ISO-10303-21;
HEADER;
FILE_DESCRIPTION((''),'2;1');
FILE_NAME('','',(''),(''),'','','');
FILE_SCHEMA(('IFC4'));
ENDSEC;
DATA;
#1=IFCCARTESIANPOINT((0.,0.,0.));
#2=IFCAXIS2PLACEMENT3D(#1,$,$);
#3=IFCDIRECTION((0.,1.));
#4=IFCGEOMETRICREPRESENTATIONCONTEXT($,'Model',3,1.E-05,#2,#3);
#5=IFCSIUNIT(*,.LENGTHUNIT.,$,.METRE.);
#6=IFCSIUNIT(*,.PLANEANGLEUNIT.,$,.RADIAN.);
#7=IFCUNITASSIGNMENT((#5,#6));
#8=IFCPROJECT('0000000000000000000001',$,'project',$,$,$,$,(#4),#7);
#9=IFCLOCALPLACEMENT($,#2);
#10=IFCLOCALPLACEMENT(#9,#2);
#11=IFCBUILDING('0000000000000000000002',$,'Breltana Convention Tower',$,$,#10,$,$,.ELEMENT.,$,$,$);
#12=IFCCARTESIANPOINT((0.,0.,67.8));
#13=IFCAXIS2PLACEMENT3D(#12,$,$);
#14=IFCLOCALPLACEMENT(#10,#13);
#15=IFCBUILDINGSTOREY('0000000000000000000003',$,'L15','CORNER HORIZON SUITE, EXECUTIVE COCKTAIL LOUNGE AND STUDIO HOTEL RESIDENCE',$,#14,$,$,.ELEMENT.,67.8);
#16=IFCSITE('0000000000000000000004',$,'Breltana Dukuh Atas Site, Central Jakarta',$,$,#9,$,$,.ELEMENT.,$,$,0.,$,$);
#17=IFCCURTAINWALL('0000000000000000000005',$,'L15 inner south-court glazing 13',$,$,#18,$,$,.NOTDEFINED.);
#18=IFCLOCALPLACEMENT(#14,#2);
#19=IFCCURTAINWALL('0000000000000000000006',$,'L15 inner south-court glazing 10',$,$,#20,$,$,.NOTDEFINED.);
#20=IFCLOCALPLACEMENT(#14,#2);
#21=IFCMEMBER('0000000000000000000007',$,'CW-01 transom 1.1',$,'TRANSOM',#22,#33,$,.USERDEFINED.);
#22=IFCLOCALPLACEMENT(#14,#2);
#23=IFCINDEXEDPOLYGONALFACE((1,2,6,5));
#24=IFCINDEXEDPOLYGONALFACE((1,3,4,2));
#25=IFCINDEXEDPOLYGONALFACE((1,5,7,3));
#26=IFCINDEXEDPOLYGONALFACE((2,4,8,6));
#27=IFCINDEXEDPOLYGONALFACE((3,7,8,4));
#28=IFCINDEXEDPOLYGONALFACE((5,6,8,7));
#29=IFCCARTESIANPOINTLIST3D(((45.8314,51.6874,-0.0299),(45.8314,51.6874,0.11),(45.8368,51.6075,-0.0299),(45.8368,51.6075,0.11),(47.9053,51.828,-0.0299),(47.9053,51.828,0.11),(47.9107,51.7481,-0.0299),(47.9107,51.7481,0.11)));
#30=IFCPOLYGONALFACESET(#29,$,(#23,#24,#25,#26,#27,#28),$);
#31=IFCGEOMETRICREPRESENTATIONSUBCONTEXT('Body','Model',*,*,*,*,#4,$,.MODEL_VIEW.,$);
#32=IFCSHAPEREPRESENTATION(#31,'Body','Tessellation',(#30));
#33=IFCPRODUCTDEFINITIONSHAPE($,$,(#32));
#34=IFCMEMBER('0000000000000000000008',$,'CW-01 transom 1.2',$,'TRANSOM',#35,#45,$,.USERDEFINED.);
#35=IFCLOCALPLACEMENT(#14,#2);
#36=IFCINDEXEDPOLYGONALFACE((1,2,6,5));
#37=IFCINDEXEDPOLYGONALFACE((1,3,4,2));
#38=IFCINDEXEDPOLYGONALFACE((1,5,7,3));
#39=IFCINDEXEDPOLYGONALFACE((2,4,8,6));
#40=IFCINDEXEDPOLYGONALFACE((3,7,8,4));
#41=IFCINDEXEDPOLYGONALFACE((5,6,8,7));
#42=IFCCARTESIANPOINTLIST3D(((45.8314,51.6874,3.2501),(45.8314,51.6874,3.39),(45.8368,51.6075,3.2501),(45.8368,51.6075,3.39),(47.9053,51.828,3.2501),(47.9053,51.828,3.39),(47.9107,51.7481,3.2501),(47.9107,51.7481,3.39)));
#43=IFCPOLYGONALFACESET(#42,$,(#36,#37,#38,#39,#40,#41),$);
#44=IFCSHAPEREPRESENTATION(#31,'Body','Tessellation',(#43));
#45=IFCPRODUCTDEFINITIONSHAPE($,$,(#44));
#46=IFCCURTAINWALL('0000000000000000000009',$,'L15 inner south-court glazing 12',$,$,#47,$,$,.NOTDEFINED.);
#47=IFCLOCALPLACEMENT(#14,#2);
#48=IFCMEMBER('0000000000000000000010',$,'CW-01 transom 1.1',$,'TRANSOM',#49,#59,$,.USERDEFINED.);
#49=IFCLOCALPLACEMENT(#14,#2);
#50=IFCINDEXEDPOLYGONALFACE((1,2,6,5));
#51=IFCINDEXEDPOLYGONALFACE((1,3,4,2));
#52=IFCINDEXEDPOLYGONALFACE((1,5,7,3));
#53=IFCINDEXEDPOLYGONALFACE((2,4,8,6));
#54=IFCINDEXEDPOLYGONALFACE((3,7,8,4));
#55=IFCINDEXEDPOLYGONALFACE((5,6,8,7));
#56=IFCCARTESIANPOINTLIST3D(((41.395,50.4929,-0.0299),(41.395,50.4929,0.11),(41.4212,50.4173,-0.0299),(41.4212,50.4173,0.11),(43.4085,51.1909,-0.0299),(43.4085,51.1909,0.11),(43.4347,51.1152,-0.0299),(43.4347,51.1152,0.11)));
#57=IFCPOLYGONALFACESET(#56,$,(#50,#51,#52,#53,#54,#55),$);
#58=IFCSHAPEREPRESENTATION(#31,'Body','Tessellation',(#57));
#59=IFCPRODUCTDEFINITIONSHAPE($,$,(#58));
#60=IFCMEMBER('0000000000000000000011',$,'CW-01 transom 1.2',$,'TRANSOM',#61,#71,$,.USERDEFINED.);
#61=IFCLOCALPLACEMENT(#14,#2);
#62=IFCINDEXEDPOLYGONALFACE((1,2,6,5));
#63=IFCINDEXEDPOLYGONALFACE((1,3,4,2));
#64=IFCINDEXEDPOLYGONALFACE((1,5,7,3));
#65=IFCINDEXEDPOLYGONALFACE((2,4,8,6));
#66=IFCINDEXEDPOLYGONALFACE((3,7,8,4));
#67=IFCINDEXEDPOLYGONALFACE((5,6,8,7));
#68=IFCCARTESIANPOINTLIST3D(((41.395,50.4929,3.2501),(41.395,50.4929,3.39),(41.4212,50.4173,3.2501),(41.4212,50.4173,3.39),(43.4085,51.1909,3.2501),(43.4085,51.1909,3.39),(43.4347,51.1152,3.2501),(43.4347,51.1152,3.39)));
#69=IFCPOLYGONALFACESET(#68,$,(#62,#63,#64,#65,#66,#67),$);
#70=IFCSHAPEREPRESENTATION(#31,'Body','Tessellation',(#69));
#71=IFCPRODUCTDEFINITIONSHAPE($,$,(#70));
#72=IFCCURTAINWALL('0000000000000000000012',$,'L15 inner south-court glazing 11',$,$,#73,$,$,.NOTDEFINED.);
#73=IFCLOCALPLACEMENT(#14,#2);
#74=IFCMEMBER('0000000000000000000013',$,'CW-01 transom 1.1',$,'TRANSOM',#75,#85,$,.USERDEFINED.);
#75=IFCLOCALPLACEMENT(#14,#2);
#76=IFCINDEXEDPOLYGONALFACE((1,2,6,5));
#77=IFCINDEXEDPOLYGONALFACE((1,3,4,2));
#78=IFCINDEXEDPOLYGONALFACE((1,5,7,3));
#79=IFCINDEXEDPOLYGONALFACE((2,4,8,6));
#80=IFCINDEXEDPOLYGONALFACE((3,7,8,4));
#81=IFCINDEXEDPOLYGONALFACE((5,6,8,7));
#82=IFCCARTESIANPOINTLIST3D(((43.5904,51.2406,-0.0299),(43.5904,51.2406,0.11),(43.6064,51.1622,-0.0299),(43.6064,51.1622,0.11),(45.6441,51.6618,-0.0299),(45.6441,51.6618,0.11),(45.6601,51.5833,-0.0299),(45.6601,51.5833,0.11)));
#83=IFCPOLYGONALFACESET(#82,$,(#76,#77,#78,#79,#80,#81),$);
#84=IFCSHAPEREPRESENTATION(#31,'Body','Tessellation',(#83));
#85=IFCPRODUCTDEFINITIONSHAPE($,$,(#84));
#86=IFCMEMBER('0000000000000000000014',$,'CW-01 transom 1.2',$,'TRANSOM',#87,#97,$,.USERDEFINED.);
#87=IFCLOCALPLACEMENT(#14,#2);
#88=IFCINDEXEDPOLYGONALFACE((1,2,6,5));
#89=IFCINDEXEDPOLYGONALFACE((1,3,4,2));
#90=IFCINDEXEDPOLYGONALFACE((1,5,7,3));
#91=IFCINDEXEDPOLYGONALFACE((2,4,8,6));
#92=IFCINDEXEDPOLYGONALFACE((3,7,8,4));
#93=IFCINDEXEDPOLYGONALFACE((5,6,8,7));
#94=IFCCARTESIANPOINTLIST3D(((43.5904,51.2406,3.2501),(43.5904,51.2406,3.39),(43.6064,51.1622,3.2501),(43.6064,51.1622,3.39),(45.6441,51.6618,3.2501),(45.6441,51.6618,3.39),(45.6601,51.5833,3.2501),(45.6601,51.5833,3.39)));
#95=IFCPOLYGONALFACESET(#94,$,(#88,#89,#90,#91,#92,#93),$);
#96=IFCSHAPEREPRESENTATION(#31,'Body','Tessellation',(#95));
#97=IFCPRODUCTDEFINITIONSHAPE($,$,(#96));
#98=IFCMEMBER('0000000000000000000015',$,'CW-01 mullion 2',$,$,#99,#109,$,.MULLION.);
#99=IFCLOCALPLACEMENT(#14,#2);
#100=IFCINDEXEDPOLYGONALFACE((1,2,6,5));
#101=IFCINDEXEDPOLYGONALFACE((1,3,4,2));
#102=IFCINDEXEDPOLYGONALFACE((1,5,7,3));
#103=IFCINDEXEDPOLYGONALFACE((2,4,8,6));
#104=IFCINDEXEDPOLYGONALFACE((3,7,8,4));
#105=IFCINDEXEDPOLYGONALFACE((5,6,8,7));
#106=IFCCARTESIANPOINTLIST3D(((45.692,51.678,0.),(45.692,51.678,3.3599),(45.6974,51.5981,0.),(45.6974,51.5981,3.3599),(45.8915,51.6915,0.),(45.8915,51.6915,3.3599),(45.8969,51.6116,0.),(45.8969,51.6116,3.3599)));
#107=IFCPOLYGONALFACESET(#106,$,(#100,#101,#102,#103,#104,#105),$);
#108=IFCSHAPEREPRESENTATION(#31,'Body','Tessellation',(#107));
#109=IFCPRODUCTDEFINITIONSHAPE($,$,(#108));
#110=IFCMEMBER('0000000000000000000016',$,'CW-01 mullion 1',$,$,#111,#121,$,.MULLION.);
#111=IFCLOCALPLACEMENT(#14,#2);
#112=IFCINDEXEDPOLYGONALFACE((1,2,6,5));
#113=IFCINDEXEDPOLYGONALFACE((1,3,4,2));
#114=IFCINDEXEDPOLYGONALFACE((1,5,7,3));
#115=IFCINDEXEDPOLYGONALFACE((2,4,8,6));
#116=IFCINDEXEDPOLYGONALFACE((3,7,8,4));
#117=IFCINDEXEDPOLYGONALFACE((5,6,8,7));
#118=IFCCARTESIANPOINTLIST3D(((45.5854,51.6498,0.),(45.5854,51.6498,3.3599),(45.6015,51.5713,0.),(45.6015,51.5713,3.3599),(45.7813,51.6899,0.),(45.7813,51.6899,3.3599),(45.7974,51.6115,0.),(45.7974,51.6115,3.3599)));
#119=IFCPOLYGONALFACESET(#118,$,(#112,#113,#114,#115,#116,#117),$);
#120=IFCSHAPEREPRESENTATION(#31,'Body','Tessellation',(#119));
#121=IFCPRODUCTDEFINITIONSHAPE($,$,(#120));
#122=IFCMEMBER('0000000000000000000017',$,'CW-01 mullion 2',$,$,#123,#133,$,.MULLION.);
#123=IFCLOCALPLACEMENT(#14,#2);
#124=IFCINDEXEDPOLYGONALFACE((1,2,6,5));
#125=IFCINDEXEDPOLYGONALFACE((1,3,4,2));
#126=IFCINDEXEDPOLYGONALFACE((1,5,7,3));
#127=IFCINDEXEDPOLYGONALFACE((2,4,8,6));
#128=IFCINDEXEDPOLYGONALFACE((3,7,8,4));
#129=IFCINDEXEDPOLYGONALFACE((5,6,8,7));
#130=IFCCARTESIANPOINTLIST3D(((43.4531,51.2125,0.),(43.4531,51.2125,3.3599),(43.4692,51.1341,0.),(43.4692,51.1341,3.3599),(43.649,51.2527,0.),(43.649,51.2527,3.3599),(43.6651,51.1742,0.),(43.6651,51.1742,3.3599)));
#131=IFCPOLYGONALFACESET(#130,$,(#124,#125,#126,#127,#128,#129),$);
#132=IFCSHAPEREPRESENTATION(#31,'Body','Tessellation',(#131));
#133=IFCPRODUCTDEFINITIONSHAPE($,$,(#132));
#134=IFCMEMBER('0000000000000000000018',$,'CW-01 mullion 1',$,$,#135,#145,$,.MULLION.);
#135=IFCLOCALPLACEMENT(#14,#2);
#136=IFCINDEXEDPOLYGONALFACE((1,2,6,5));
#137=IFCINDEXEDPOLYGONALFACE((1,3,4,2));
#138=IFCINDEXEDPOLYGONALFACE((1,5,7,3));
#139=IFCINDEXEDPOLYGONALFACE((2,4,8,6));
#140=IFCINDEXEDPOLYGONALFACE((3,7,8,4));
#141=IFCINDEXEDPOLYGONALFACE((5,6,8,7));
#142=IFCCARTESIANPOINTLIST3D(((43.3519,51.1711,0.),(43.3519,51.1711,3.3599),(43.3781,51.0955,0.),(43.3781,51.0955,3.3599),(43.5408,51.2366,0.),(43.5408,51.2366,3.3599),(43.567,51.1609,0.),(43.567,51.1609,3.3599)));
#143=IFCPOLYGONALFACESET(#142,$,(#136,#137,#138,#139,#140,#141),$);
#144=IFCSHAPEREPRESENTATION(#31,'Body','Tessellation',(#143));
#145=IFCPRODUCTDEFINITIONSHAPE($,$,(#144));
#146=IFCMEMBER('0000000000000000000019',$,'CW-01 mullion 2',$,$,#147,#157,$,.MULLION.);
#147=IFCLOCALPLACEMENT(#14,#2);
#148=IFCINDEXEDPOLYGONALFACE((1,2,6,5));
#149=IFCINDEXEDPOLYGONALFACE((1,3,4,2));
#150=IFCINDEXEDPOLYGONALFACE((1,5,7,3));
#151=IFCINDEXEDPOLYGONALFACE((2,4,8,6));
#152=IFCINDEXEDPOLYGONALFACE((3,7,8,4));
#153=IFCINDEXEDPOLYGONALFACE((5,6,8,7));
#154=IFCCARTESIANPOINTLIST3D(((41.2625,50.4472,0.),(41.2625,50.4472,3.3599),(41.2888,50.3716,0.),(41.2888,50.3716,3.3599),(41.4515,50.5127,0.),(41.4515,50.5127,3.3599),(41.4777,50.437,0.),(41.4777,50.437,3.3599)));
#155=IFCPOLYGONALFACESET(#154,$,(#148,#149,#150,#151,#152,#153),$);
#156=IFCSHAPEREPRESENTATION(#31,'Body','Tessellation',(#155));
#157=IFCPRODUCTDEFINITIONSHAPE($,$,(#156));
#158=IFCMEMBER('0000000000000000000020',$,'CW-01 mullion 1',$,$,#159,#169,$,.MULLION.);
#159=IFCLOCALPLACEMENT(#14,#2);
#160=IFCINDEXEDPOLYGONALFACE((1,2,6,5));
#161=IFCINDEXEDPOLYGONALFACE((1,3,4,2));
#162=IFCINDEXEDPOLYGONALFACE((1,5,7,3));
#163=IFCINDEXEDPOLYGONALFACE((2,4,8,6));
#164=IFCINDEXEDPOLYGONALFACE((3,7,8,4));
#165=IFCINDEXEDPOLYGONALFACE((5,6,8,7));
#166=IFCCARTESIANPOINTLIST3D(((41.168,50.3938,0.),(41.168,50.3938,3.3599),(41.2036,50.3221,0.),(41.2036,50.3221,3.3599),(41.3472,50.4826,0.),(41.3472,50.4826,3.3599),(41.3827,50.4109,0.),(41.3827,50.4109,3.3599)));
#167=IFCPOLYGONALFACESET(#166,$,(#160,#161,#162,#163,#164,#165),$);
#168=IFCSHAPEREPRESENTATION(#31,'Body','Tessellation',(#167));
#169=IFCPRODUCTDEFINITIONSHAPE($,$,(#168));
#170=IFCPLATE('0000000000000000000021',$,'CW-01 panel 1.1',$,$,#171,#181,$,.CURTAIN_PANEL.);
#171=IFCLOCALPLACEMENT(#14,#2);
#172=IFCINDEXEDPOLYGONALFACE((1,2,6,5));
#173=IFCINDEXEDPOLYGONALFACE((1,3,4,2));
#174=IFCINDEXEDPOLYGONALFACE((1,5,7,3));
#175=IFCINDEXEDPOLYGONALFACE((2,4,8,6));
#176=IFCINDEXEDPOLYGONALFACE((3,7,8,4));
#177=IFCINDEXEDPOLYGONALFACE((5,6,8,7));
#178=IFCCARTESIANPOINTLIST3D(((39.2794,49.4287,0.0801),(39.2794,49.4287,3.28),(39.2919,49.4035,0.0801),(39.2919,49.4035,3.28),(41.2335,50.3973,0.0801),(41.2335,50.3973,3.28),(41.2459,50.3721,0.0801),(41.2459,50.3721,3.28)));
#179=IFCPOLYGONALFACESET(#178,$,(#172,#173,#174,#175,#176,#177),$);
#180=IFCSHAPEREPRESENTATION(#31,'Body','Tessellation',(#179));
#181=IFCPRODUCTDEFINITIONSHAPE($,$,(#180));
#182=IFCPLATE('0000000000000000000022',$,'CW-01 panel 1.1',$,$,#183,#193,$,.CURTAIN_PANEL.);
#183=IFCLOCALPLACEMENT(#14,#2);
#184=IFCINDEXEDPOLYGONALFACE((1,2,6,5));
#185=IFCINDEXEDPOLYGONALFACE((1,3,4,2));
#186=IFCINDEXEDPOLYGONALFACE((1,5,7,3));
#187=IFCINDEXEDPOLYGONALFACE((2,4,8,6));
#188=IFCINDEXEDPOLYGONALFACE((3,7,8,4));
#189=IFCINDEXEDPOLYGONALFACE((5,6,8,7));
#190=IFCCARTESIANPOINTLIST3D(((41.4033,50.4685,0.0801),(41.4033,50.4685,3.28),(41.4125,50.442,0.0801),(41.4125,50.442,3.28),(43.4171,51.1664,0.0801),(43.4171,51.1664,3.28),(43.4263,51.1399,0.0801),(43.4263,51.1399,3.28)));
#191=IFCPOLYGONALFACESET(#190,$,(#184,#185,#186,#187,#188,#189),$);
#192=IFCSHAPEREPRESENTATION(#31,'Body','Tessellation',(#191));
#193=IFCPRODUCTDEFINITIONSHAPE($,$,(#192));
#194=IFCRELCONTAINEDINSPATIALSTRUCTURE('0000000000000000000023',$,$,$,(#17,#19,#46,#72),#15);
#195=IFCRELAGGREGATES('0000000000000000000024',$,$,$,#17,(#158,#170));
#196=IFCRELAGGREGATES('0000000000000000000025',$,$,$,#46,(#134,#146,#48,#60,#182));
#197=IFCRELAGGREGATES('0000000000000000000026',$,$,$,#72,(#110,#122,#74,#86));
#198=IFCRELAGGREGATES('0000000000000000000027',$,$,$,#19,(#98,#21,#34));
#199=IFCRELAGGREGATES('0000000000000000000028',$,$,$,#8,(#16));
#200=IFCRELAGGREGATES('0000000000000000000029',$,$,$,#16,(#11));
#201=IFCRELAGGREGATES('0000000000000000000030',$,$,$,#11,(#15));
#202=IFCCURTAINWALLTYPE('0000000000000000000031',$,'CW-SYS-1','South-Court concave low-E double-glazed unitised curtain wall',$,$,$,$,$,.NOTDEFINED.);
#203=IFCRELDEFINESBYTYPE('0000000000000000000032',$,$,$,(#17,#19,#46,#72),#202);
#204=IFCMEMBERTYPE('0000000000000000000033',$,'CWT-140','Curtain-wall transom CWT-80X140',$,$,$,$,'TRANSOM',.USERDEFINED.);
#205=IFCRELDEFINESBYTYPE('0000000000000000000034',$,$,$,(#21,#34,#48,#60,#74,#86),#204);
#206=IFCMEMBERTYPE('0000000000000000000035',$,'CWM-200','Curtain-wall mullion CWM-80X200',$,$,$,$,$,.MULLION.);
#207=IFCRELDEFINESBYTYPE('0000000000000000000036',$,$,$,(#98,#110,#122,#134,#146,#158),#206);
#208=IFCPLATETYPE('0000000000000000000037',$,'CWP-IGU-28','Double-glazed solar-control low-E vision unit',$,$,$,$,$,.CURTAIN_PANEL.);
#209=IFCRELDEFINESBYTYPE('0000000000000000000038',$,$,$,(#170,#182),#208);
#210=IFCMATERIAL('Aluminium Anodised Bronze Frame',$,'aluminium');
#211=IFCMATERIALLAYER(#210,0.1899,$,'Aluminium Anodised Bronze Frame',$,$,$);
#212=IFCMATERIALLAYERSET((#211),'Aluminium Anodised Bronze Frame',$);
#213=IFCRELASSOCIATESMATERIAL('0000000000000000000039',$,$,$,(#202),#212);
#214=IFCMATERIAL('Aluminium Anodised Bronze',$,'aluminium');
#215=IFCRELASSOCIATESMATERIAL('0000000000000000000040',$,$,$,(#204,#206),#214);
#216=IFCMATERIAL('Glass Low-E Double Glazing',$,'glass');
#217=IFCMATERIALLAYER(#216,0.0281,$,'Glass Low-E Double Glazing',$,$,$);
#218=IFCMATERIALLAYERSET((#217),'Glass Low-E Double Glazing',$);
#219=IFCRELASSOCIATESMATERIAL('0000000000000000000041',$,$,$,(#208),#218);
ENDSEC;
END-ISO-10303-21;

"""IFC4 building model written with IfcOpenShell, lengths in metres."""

from ifc_helpers import new_model, si_unit, direction, frame, origin, origin_2d, place, context, subcontext, project, spatial, rectangle, extrude, source, transform, mapped, material, layer, layer_set, material_profile, profile_set, type_object, element, aggregate, save


model = new_model("IFC4")

# Units and contexts
model_context = context("Model", 3, precision=1e-05, world=origin(), true_north=direction((0.0, 1.0)))
body_context = subcontext(model_context, "Body", "Model", "MODEL_VIEW")
ifc_project = project(units=[si_unit("LENGTHUNIT", "METRE"), si_unit("PLANEANGLEUNIT", "RADIAN")], contexts=[model_context])

# Site, building, storey
site_placement = place(None, origin())
site = spatial("IfcSite", under=ifc_project, at=site_placement, Name="Breltana Dukuh Atas Site, Central Jakarta", CompositionType="ELEMENT", RefElevation=0.0)
building_placement = place(site_placement, origin())
building = spatial("IfcBuilding", under=site, at=building_placement, Name="Breltana Convention Tower", CompositionType="ELEMENT")
storey_placement = place(building_placement, frame((0.0, 0.0, 67.8)))
storey = spatial("IfcBuildingStorey", under=building, at=storey_placement, Name="L15", Description="CORNER HORIZON SUITE, EXECUTIVE COCKTAIL LOUNGE AND STUDIO HOTEL RESIDENCE", CompositionType="ELEMENT", Elevation=67.8)

# Curtain walls, members
ifc_material_1 = material(Name="Aluminium Anodised Bronze Frame", Category="aluminium")
ifc_layer_1 = layer(ifc_material_1, 0.1899, Name="Aluminium Anodised Bronze Frame")
ifc_layer_set_1 = layer_set([ifc_layer_1], Name="Aluminium Anodised Bronze Frame")
curtain_wall_type = type_object("IfcCurtainWallType", Name="CW-SYS-1", Description="South-Court concave low-E double-glazed unitised curtain wall", PredefinedType="NOTDEFINED", material=ifc_layer_set_1)
curtain_wall_1_placement = place(storey_placement, origin())
curtain_wall_1 = element("IfcCurtainWall", 1, at=curtain_wall_1_placement, inside=storey, type_object=curtain_wall_type, Name="L15 inner south-court glazing 13", PredefinedType="NOTDEFINED")
ifc_material_2 = material(Name="Aluminium Anodised Bronze", Category="aluminium")
ifc_material_profile_1 = material_profile(ifc_material_2, rectangle(XDim=0.0801, YDim=0.1399, at=origin_2d()), Name="CWT-80X140")
ifc_profile_set_1 = profile_set([ifc_material_profile_1], Name="Aluminium Anodised Bronze")
member_type_1 = type_object("IfcMemberType", Name="CWT-140", Description="Curtain-wall transom CWT-80X140", ElementType="TRANSOM", PredefinedType="USERDEFINED", material=ifc_profile_set_1)
curtain_wall_2_placement = place(storey_placement, origin())
curtain_wall_2 = element("IfcCurtainWall", 2, at=curtain_wall_2_placement, inside=storey, type_object=curtain_wall_type, Name="L15 inner south-court glazing 10", PredefinedType="NOTDEFINED")
shared_shape_1 = source(origin(), body_context, "Body", "SweptSolid", [
    extrude(rectangle(XDim=0.0801, YDim=0.1399, at=origin_2d()), origin(), (0.0, 0.0, 1.0), 2.0786),
])
member_1_placement = place(storey_placement, frame((47.908, 51.7881, 0.04), z_axis=(-0.997709, -0.067657, 0.0), x_axis=(0.067657, -0.997709, 0.0)))
member_1 = element("IfcMember", 3, at=member_1_placement, type_object=member_type_1, Name="CW-01 transom 1.1", ObjectType="TRANSOM", PredefinedType="USERDEFINED", context=body_context, shape_type="MappedRepresentation", body=[
    mapped(shared_shape_1, transform((0.0, 0.0, 0.0), scale=1.0)),
])
member_2_placement = place(storey_placement, frame((47.908, 51.7881, 3.3201), z_axis=(-0.997709, -0.067657, 0.0), x_axis=(0.067657, -0.997709, 0.0)))
member_2 = element("IfcMember", 4, at=member_2_placement, type_object=member_type_1, Name="CW-01 transom 1.2", ObjectType="TRANSOM", PredefinedType="USERDEFINED", context=body_context, shape_type="MappedRepresentation", body=[
    mapped(shared_shape_1, transform((0.0, 0.0, 0.0), scale=1.0)),
])
curtain_wall_3_placement = place(storey_placement, origin())
curtain_wall_3 = element("IfcCurtainWall", 5, at=curtain_wall_3_placement, inside=storey, type_object=curtain_wall_type, Name="L15 inner south-court glazing 12", PredefinedType="NOTDEFINED")
shared_shape_2 = source(origin(), body_context, "Body", "SweptSolid", [
    extrude(rectangle(XDim=0.0801, YDim=0.1399, at=origin_2d()), origin(), (0.0, 0.0, 1.0), 2.1311),
])
member_3_placement = place(storey_placement, frame((43.4216, 51.1531, 0.04), z_axis=(-0.944847, -0.327512, 0.0), x_axis=(0.327512, -0.944847, 0.0)))
member_3 = element("IfcMember", 6, at=member_3_placement, type_object=member_type_1, Name="CW-01 transom 1.1", ObjectType="TRANSOM", PredefinedType="USERDEFINED", context=body_context, shape_type="MappedRepresentation", body=[
    mapped(shared_shape_2, transform((0.0, 0.0, 0.0), scale=1.0)),
])
member_4_placement = place(storey_placement, frame((43.4216, 51.1531, 3.3201), z_axis=(-0.944847, -0.327512, 0.0), x_axis=(0.327512, -0.944847, 0.0)))
member_4 = element("IfcMember", 7, at=member_4_placement, type_object=member_type_1, Name="CW-01 transom 1.2", ObjectType="TRANSOM", PredefinedType="USERDEFINED", context=body_context, shape_type="MappedRepresentation", body=[
    mapped(shared_shape_2, transform((0.0, 0.0, 0.0), scale=1.0)),
])
curtain_wall_4_placement = place(storey_placement, origin())
curtain_wall_4 = element("IfcCurtainWall", 8, at=curtain_wall_4_placement, inside=storey, type_object=curtain_wall_type, Name="L15 inner south-court glazing 11", PredefinedType="NOTDEFINED")
shared_shape_3 = source(origin(), body_context, "Body", "SweptSolid", [
    extrude(rectangle(XDim=0.0801, YDim=0.1399, at=origin_2d()), origin(), (0.0, 0.0, 1.0), 2.0964),
])
member_5_placement = place(storey_placement, frame((45.6521, 51.6226, 0.04), z_axis=(-0.979615, -0.200884, 0.0), x_axis=(0.200884, -0.979615, 0.0)))
member_5 = element("IfcMember", 9, at=member_5_placement, type_object=member_type_1, Name="CW-01 transom 1.1", ObjectType="TRANSOM", PredefinedType="USERDEFINED", context=body_context, shape_type="MappedRepresentation", body=[
    mapped(shared_shape_3, transform((0.0, 0.0, 0.0), scale=1.0)),
])
member_6_placement = place(storey_placement, frame((45.6521, 51.6226, 3.3201), z_axis=(-0.979615, -0.200884, 0.0), x_axis=(0.200884, -0.979615, 0.0)))
member_6 = element("IfcMember", 10, at=member_6_placement, type_object=member_type_1, Name="CW-01 transom 1.2", ObjectType="TRANSOM", PredefinedType="USERDEFINED", context=body_context, shape_type="MappedRepresentation", body=[
    mapped(shared_shape_3, transform((0.0, 0.0, 0.0), scale=1.0)),
])

# Members
ifc_material_profile_2 = material_profile(ifc_material_2, rectangle(XDim=0.0801, YDim=0.2, at=origin_2d()), Name="CWM-80X200")
ifc_profile_set_2 = profile_set([ifc_material_profile_2], Name="Aluminium Anodised Bronze")
member_type_2 = type_object("IfcMemberType", Name="CWM-200", Description="Curtain-wall mullion CWM-80X200", PredefinedType="MULLION", material=ifc_profile_set_2)
shared_shape_4 = source(origin(), body_context, "Body", "SweptSolid", [
    extrude(rectangle(XDim=0.0801, YDim=0.2, at=origin_2d()), origin(), (0.0, 0.0, 1.0), 3.3599),
])
member_7_placement = place(storey_placement, frame((45.7944, 51.6448, 0.0), z_axis=(0.0, 0.0, 1.0), x_axis=(0.067726, -0.997704, 0.0)))
member_7 = element("IfcMember", 11, at=member_7_placement, type_object=member_type_2, Name="CW-01 mullion 2", PredefinedType="MULLION", context=body_context, shape_type="MappedRepresentation", body=[
    mapped(shared_shape_4, transform((0.0, 0.0, 0.0), scale=1.0)),
])
member_8_placement = place(storey_placement, frame((45.6914, 51.6306, 0.0), z_axis=(0.0, 0.0, 1.0), x_axis=(0.200886, -0.979615, 0.0)))
member_8 = element("IfcMember", 12, at=member_8_placement, type_object=member_type_2, Name="CW-01 mullion 1", PredefinedType="MULLION", context=body_context, shape_type="MappedRepresentation", body=[
    mapped(shared_shape_4, transform((0.0, 0.0, 0.0), scale=1.0)),
])
member_9_placement = place(storey_placement, frame((43.5591, 51.1934, 0.0), z_axis=(0.0, 0.0, 1.0), x_axis=(0.200886, -0.979615, 0.0)))
member_9 = element("IfcMember", 13, at=member_9_placement, type_object=member_type_2, Name="CW-01 mullion 2", PredefinedType="MULLION", context=body_context, shape_type="MappedRepresentation", body=[
    mapped(shared_shape_4, transform((0.0, 0.0, 0.0), scale=1.0)),
])
member_10_placement = place(storey_placement, frame((43.4595, 51.166, 0.0), z_axis=(0.0, 0.0, 1.0), x_axis=(0.327413, -0.944881, 0.0)))
member_10 = element("IfcMember", 14, at=member_10_placement, type_object=member_type_2, Name="CW-01 mullion 1", PredefinedType="MULLION", context=body_context, shape_type="MappedRepresentation", body=[
    mapped(shared_shape_4, transform((0.0, 0.0, 0.0), scale=1.0)),
])
member_11_placement = place(storey_placement, frame((41.3701, 50.4421, 0.0), z_axis=(0.0, 0.0, 1.0), x_axis=(0.327413, -0.944881, 0.0)))
member_11 = element("IfcMember", 15, at=member_11_placement, type_object=member_type_2, Name="CW-01 mullion 2", PredefinedType="MULLION", context=body_context, shape_type="MappedRepresentation", body=[
    mapped(shared_shape_4, transform((0.0, 0.0, 0.0), scale=1.0)),
])
member_12_placement = place(storey_placement, frame((41.2754, 50.4023, 0.0), z_axis=(0.0, 0.0, 1.0), x_axis=(0.444118, -0.895968, 0.0)))
member_12 = element("IfcMember", 16, at=member_12_placement, type_object=member_type_2, Name="CW-01 mullion 1", PredefinedType="MULLION", context=body_context, shape_type="MappedRepresentation", body=[
    mapped(shared_shape_4, transform((0.0, 0.0, 0.0), scale=1.0)),
])

# Plates
ifc_material_3 = material(Name="Glass Low-E Double Glazing", Category="glass")
ifc_layer_2 = layer(ifc_material_3, 0.0281, Name="Glass Low-E Double Glazing")
ifc_layer_set_2 = layer_set([ifc_layer_2], Name="Glass Low-E Double Glazing")
plate_type = type_object("IfcPlateType", Name="CWP-IGU-28", Description="Double-glazed solar-control low-E vision unit", PredefinedType="CURTAIN_PANEL", material=ifc_layer_set_2)
shared_shape_5 = source(origin(), body_context, "Body", "SweptSolid", [
    extrude(rectangle(XDim=2.1809, YDim=0.0281, at=origin_2d()), origin(), (0.0, 0.0, 1.0), 3.2),
])
plate_1_placement = place(storey_placement, frame((40.2627, 49.9004, 0.0801), z_axis=(0.0, 0.0, 1.0), x_axis=(-0.895968, -0.444118, 0.0)))
plate_1 = element("IfcPlate", 17, at=plate_1_placement, type_object=plate_type, Name="CW-01 panel 1.1", PredefinedType="CURTAIN_PANEL", context=body_context, shape_type="MappedRepresentation", body=[
    mapped(shared_shape_5, transform((0.0, 0.0, 0.0), scale=1.0)),
])
aggregate(curtain_wall_1, [member_12, plate_1])
shared_shape_6 = source(origin(), body_context, "Body", "SweptSolid", [
    extrude(rectangle(XDim=2.1313, YDim=0.0281, at=origin_2d()), origin(), (0.0, 0.0, 1.0), 3.2),
])
plate_2_placement = place(storey_placement, frame((42.4148, 50.8042, 0.0801), z_axis=(0.0, 0.0, 1.0), x_axis=(-0.944881, -0.327413, 0.0)))
plate_2 = element("IfcPlate", 18, at=plate_2_placement, type_object=plate_type, Name="CW-01 panel 1.1", PredefinedType="CURTAIN_PANEL", context=body_context, shape_type="MappedRepresentation", body=[
    mapped(shared_shape_6, transform((0.0, 0.0, 0.0), scale=1.0)),
])
aggregate(curtain_wall_3, [member_10, member_11, member_3, member_4, plate_2])
aggregate(curtain_wall_4, [member_8, member_9, member_5, member_6])
aggregate(curtain_wall_2, [member_7, member_1, member_2])

save(model, "model.ifc")
